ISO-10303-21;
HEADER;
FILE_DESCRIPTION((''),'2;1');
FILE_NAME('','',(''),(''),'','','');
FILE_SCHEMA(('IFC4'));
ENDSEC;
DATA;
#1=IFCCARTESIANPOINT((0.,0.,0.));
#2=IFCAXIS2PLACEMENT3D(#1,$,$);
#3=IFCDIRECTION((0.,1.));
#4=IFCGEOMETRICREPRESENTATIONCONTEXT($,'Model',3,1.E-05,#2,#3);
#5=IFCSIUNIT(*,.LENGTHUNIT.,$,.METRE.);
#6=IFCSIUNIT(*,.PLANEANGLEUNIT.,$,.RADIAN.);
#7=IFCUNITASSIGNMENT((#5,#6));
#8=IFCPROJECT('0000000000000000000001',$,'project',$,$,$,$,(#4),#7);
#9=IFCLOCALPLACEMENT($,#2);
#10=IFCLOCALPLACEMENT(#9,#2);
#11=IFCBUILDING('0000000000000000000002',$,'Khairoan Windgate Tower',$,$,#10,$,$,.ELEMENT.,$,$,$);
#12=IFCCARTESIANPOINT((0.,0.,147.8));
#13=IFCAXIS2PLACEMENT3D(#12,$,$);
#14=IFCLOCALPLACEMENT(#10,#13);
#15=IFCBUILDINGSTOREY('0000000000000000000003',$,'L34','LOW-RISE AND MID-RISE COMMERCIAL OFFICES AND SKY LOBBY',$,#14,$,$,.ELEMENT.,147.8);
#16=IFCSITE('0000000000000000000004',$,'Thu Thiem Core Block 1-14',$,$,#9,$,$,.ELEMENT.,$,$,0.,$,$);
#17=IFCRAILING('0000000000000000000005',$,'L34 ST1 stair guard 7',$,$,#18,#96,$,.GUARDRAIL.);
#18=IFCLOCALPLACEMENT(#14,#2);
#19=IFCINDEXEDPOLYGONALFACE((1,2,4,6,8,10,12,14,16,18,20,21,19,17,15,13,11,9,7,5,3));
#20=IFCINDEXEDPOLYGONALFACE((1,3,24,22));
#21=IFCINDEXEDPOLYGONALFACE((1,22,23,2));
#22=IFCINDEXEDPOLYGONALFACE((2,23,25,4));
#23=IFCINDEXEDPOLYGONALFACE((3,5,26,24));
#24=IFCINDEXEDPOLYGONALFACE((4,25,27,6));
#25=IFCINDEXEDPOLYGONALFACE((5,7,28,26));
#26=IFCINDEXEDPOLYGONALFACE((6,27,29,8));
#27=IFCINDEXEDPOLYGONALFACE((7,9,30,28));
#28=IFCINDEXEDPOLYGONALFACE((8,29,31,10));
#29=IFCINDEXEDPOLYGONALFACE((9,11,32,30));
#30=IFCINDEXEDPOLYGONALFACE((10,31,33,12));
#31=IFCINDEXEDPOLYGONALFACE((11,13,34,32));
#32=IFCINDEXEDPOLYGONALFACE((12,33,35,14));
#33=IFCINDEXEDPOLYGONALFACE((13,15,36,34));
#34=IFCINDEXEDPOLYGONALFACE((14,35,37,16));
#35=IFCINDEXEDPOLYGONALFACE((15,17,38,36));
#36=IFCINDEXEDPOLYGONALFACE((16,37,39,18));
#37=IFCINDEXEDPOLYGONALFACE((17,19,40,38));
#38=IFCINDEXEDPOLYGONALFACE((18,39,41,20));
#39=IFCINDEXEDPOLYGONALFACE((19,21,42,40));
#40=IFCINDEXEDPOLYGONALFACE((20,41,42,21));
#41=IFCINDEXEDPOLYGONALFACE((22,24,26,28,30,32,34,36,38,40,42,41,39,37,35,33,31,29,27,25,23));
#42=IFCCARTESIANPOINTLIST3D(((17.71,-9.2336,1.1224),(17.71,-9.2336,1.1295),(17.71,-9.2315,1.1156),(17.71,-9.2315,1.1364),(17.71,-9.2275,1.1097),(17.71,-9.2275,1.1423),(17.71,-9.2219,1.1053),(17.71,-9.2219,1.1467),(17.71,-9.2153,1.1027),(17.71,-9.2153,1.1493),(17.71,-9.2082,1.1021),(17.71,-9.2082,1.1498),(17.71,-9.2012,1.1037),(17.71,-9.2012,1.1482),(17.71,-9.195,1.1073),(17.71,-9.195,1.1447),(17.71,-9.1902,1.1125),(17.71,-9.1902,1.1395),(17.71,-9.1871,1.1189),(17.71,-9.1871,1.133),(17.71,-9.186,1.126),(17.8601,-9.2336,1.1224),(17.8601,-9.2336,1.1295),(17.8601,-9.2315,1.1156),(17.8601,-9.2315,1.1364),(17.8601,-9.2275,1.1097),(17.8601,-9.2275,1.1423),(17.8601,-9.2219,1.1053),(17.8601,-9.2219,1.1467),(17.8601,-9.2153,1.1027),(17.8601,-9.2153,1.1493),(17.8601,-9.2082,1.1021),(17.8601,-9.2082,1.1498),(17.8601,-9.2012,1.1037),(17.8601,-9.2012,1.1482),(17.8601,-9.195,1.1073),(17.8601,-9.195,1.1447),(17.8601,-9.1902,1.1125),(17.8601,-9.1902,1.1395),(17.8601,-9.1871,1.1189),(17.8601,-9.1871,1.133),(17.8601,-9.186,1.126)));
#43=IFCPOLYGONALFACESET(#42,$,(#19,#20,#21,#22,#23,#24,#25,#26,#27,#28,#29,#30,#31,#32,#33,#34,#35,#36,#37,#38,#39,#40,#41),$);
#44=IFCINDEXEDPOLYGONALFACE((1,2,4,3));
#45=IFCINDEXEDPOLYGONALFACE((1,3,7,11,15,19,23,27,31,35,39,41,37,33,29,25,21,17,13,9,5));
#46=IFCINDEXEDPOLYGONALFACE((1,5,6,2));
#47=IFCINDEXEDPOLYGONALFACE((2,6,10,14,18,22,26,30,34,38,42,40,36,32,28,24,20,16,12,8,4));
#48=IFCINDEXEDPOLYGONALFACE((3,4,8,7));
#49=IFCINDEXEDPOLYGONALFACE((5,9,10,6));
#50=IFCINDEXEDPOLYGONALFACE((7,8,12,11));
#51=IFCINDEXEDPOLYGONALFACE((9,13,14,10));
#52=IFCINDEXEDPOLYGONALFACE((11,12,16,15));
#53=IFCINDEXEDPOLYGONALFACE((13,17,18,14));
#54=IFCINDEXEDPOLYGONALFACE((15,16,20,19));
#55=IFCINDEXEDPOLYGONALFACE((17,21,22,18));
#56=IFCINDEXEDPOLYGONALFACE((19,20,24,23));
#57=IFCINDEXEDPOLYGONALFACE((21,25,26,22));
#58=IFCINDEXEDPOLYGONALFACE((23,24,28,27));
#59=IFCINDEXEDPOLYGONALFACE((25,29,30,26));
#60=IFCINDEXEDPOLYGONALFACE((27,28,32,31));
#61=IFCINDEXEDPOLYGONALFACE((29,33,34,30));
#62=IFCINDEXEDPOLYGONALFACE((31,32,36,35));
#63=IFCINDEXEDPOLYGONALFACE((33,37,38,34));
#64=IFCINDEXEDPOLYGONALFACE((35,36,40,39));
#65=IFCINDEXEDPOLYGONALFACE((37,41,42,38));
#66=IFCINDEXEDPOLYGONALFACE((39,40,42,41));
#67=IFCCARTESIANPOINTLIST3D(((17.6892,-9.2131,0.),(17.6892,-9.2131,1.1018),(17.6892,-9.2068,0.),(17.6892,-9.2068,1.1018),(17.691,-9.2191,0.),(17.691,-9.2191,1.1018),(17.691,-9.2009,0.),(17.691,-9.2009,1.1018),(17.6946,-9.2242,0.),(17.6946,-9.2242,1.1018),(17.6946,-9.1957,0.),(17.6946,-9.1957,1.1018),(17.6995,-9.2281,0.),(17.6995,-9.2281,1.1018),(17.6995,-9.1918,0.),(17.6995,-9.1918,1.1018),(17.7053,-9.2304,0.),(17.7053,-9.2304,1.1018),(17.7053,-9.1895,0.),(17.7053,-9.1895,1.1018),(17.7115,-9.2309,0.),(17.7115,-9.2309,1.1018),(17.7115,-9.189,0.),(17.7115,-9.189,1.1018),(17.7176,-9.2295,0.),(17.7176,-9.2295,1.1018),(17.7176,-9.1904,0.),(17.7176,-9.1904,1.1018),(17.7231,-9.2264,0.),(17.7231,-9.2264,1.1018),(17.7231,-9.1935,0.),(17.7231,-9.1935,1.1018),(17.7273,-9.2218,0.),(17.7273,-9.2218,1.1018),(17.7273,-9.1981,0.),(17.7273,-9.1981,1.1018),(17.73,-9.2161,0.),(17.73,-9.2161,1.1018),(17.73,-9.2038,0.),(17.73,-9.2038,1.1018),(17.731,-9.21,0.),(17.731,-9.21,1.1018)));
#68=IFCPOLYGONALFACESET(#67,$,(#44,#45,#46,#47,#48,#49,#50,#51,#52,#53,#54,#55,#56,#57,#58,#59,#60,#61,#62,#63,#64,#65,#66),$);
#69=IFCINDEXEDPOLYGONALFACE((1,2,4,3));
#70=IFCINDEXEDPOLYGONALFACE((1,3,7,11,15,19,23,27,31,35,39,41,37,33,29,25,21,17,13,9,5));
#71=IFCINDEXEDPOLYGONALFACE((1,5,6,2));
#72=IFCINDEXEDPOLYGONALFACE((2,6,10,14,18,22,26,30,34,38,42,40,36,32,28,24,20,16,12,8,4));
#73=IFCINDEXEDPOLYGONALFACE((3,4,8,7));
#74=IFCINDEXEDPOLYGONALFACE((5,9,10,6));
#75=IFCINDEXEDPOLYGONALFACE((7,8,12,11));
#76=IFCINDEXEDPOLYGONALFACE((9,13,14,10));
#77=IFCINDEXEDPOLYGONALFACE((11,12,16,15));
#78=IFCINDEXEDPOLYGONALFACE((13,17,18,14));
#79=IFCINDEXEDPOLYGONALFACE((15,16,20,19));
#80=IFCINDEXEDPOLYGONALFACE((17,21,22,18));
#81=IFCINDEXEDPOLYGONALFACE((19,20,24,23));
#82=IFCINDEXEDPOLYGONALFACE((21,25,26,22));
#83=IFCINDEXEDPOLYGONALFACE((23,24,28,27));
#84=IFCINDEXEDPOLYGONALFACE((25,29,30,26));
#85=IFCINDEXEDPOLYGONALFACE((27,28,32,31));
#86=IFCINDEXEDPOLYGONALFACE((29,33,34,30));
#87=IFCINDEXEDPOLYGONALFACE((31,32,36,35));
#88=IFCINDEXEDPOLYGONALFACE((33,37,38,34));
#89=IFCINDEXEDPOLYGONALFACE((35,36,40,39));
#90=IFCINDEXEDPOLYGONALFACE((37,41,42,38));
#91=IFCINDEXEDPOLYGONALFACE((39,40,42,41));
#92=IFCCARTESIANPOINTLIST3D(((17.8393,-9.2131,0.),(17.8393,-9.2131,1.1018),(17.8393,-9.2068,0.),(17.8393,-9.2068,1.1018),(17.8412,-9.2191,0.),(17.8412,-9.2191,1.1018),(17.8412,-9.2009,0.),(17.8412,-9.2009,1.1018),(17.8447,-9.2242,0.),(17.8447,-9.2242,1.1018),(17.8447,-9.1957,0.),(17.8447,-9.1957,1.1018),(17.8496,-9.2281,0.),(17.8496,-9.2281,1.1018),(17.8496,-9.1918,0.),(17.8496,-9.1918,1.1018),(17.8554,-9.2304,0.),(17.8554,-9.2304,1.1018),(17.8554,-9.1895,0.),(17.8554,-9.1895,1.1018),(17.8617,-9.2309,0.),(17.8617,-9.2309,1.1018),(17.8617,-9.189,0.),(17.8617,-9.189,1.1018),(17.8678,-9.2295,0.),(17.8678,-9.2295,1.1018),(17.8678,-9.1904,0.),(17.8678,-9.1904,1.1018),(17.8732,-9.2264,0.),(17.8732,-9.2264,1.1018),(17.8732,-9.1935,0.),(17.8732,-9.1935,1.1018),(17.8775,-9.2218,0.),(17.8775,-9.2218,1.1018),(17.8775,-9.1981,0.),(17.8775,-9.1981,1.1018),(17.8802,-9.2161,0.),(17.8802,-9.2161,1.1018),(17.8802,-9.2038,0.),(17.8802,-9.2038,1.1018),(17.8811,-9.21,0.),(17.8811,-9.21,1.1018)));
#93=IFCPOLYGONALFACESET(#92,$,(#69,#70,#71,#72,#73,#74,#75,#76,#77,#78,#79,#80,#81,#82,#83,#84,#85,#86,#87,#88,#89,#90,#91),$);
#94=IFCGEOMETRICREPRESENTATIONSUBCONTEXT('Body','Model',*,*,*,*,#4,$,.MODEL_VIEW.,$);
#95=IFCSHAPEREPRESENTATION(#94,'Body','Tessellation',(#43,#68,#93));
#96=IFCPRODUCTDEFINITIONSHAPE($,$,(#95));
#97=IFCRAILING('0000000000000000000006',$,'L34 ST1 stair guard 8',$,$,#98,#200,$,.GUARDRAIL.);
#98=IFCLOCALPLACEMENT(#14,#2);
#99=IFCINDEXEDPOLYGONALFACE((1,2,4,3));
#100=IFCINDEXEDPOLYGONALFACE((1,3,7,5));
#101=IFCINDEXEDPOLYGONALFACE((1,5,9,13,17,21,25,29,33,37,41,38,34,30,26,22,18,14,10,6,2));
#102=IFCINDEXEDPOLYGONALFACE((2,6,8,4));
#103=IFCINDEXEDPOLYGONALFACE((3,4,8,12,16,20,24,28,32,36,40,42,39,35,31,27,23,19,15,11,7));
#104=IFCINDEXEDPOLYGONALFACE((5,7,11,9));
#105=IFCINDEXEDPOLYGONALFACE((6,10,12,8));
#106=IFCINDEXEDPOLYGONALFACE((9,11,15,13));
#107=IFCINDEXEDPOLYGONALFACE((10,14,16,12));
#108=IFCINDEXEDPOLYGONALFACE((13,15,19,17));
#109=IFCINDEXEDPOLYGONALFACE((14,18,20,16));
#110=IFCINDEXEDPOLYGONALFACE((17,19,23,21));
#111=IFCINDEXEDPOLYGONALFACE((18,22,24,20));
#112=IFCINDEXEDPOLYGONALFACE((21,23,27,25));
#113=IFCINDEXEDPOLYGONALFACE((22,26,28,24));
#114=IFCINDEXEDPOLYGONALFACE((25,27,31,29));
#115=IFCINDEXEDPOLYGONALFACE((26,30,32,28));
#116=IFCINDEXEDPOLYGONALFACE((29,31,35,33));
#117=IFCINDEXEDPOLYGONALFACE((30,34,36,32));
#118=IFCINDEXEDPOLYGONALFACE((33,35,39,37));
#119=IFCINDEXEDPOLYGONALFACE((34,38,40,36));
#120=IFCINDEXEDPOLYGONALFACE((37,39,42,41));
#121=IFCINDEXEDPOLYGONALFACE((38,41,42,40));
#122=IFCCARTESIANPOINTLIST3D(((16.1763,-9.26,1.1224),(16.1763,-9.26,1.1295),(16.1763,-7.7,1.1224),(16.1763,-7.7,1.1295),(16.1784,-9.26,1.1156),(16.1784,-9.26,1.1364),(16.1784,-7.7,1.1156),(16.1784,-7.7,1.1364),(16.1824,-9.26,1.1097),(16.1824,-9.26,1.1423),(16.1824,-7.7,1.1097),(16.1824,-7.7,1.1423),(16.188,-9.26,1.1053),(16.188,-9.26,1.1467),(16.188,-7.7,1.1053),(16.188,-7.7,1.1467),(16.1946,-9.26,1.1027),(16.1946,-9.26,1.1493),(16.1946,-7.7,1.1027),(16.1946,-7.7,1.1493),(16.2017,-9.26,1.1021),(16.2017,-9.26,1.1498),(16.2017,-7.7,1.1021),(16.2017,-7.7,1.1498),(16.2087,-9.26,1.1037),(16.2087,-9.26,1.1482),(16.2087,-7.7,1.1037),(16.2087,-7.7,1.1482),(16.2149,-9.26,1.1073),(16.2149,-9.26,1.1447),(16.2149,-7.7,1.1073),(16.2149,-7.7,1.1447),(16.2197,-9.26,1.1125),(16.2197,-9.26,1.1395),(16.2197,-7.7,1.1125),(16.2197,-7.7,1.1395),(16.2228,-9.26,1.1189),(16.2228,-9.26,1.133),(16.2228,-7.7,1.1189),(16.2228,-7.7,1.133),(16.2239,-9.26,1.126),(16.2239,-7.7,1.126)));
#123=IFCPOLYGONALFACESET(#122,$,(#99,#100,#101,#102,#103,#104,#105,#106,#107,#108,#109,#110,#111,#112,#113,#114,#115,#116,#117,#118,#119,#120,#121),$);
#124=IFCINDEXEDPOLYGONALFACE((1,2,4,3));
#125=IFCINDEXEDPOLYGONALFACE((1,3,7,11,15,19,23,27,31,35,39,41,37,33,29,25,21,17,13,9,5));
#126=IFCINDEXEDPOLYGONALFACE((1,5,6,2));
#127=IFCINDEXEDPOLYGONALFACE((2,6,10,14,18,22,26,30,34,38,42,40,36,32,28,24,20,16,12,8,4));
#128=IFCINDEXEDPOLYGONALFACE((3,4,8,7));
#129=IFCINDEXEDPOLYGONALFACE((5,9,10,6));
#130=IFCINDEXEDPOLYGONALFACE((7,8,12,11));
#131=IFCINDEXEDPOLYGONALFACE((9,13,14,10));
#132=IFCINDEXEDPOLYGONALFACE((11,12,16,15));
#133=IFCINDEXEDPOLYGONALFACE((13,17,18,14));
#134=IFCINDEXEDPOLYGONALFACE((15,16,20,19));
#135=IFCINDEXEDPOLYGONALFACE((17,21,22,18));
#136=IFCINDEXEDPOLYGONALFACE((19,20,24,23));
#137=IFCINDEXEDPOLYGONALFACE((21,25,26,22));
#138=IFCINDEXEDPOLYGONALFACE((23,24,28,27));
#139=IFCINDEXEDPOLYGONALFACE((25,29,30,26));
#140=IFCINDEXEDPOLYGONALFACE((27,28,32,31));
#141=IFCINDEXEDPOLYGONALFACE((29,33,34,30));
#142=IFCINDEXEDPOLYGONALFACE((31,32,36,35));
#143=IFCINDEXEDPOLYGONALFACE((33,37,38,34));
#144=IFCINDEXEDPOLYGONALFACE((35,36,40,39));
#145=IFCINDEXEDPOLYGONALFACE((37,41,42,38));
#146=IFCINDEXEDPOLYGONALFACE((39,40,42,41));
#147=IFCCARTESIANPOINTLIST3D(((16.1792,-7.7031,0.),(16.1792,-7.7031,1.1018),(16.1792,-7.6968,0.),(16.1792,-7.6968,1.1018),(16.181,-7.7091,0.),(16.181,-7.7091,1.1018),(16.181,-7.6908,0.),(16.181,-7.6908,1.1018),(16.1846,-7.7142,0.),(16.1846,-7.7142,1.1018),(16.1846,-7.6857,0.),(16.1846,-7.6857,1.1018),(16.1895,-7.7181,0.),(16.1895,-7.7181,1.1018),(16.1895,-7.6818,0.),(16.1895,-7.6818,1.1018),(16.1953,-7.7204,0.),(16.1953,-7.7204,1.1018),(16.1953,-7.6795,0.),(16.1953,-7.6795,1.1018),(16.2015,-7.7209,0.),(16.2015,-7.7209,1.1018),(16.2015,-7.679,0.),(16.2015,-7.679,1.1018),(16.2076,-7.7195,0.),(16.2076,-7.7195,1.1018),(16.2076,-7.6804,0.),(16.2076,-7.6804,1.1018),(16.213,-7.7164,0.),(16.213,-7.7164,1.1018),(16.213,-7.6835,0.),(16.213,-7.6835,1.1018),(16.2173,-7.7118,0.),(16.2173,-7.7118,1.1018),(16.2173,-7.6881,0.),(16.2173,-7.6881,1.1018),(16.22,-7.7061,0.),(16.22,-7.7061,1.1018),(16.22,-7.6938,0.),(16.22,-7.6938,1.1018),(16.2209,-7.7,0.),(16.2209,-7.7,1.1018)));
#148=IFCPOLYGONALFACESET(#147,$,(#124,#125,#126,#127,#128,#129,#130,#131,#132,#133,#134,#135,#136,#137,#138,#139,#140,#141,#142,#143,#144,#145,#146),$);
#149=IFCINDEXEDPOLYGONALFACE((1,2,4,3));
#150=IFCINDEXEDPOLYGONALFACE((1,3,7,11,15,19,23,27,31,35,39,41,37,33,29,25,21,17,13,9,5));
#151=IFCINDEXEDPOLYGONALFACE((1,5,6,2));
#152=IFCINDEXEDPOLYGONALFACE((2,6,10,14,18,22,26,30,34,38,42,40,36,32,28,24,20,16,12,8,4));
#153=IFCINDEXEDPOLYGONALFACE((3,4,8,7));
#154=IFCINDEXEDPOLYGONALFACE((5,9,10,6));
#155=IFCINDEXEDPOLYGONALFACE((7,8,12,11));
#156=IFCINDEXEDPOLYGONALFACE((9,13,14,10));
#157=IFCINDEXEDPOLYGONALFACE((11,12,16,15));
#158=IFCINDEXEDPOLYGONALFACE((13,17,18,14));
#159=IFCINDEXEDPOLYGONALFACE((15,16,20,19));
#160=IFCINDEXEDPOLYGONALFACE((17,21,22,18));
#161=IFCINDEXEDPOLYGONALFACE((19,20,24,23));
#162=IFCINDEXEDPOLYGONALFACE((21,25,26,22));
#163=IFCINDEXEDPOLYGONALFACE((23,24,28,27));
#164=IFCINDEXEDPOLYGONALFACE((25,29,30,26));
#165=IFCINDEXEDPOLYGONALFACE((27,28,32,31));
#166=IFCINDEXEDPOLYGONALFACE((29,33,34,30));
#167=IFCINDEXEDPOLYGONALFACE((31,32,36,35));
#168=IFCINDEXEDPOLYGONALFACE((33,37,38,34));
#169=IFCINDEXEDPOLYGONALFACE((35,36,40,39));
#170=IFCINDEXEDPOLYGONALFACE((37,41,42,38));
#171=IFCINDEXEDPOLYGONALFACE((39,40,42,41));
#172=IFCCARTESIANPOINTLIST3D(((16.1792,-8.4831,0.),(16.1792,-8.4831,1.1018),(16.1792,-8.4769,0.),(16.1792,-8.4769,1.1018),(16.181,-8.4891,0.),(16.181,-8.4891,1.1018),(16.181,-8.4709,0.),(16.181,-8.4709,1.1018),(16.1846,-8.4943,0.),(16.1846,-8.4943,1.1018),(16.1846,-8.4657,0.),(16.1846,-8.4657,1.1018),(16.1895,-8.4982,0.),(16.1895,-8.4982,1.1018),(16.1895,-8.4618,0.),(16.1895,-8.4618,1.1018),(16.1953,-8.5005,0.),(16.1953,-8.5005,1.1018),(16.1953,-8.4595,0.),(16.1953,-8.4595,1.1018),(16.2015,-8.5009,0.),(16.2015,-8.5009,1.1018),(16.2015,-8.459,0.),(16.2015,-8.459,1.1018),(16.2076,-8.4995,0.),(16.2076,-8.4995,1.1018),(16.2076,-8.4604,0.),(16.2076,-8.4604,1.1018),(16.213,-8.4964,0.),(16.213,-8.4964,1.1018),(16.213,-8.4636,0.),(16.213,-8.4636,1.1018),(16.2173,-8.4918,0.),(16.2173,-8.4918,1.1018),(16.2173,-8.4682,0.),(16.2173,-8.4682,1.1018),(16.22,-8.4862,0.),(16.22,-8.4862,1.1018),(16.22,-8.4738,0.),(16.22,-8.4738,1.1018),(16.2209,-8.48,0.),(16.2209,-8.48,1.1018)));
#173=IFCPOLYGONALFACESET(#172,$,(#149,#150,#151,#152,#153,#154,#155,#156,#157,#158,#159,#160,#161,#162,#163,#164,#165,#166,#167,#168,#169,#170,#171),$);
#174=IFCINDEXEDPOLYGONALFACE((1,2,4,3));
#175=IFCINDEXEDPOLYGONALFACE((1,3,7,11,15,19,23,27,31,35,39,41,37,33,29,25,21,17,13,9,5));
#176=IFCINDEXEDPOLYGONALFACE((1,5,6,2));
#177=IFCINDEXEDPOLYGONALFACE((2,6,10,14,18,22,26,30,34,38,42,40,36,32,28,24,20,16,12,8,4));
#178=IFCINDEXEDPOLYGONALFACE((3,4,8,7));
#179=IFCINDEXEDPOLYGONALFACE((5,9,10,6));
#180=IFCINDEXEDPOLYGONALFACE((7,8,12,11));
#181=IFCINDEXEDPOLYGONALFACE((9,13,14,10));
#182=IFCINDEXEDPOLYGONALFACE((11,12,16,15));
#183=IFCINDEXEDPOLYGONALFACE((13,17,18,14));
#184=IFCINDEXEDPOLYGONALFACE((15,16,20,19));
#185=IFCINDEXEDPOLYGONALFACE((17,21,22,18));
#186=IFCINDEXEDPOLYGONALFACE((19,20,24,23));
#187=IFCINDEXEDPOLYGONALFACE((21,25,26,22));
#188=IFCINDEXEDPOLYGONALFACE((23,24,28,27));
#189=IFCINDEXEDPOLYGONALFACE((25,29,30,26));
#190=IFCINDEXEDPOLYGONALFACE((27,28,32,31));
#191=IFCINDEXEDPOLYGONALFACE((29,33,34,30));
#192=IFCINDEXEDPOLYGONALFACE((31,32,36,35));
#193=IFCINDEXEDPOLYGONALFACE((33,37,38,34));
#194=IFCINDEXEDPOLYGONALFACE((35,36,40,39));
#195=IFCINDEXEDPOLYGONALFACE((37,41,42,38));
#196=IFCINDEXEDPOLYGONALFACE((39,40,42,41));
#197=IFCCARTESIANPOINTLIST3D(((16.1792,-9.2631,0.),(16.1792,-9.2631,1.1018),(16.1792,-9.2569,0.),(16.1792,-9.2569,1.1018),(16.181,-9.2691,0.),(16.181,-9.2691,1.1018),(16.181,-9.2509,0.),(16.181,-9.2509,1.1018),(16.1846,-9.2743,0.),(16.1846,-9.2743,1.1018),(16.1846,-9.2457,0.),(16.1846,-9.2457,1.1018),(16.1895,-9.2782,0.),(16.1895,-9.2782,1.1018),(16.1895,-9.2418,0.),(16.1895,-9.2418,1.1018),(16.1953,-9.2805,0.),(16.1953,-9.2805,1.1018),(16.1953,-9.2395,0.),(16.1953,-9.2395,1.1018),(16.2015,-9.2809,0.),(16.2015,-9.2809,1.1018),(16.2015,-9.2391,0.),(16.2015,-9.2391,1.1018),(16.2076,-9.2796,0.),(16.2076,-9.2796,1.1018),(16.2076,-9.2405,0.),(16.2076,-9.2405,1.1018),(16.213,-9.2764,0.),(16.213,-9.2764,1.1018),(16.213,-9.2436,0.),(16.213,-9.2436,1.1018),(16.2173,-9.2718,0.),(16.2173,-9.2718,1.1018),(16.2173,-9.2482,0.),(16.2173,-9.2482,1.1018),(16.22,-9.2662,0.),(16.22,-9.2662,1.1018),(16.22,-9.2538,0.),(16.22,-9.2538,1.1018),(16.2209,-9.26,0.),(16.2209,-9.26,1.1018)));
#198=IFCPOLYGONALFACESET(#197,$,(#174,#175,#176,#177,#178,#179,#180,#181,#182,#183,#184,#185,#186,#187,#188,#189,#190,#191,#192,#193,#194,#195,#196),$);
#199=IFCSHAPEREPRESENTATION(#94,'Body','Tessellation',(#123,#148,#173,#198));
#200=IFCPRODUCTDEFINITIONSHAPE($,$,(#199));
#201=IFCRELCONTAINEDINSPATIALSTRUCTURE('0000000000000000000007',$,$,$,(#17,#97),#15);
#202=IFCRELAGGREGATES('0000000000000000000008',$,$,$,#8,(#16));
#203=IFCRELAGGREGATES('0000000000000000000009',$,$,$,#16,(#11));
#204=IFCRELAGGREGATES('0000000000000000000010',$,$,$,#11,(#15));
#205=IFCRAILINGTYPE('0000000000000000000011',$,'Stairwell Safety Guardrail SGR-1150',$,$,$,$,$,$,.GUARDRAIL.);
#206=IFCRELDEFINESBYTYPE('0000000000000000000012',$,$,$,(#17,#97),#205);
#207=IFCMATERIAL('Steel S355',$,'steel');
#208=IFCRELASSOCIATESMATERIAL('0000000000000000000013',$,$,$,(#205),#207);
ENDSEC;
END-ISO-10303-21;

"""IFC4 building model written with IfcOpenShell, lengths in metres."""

from ifc_helpers import new_model, si_unit, direction, frame, origin, origin_2d, place, context, subcontext, project, spatial, circle, extrude, material, type_object, element, save


model = new_model("IFC4")

# Units and contexts
model_context = context("Model", 3, precision=1e-05, world=origin(), true_north=direction((0.0, 1.0)))
body_context = subcontext(model_context, "Body", "Model", "MODEL_VIEW")
ifc_project = project(units=[si_unit("LENGTHUNIT", "METRE"), si_unit("PLANEANGLEUNIT", "RADIAN")], contexts=[model_context])

# Site, building, storey
site_placement = place(None, origin())
site = spatial("IfcSite", under=ifc_project, at=site_placement, Name="Thu Thiem Core Block 1-14", CompositionType="ELEMENT", RefElevation=0.0)
building_placement = place(site_placement, origin())
building = spatial("IfcBuilding", under=site, at=building_placement, Name="Khairoan Windgate Tower", CompositionType="ELEMENT")
storey_placement = place(building_placement, frame((0.0, 0.0, 147.8)))
storey = spatial("IfcBuildingStorey", under=building, at=storey_placement, Name="L34", Description="LOW-RISE AND MID-RISE COMMERCIAL OFFICES AND SKY LOBBY", CompositionType="ELEMENT", Elevation=147.8)

# Railings
ifc_material_1 = material(Name="Steel S355", Category="steel")
railing_type_1 = type_object("IfcRailingType", Name="Stairwell Safety Guardrail SGR-1150", PredefinedType="GUARDRAIL", material=ifc_material_1)
railing_1_placement = place(storey_placement, frame((17.71, -9.21, 0.0)))
element("IfcRailing", 1, at=railing_1_placement, inside=storey, type_object=railing_type_1, Name="L34 ST1 stair guard 7", PredefinedType="GUARDRAIL", context=body_context, shape_type="SweptSolid", body=[
    extrude(circle(Radius=0.0239, at=origin_2d()), frame((0.0, 0.0, 1.126), z_axis=(1.0, 0.0, 0.0), x_axis=(0.0, 1.0, 0.0)), (0.0, 0.0, 1.0), 0.1501),
    extrude(circle(Radius=0.021, at=origin_2d()), origin(), (0.0, 0.0, 1.0), 1.1018),
    extrude(circle(Radius=0.021, at=origin_2d()), frame((0.1501, 0.0, 0.0)), (0.0, 0.0, 1.0), 1.1018),
])
for number, where, name in (
    (2, (16.2, -7.7, 0.0), "L34 ST1 stair guard 8"),
):
    element("IfcRailing", number, at=place(storey_placement, frame(where)), inside=storey, type_object=railing_type_1, Name=name, PredefinedType="GUARDRAIL", context=body_context, shape_type="SweptSolid", body=[
        extrude(circle(Radius=0.0239, at=origin_2d()), frame((0.0, 0.0, 1.126), z_axis=(0.0, -1.0, 0.0), x_axis=(1.0, 0.0, 0.0)), (0.0, 0.0, 1.0), 1.5601),
        extrude(circle(Radius=0.021, at=origin_2d()), origin(), (0.0, 0.0, 1.0), 1.1018),
        extrude(circle(Radius=0.021, at=origin_2d()), frame((0.0, -0.78, 0.0)), (0.0, 0.0, 1.0), 1.1018),
        extrude(circle(Radius=0.021, at=origin_2d()), frame((0.0, -1.5601, 0.0)), (0.0, 0.0, 1.0), 1.1018),
    ])

save(model, "model.ifc")
